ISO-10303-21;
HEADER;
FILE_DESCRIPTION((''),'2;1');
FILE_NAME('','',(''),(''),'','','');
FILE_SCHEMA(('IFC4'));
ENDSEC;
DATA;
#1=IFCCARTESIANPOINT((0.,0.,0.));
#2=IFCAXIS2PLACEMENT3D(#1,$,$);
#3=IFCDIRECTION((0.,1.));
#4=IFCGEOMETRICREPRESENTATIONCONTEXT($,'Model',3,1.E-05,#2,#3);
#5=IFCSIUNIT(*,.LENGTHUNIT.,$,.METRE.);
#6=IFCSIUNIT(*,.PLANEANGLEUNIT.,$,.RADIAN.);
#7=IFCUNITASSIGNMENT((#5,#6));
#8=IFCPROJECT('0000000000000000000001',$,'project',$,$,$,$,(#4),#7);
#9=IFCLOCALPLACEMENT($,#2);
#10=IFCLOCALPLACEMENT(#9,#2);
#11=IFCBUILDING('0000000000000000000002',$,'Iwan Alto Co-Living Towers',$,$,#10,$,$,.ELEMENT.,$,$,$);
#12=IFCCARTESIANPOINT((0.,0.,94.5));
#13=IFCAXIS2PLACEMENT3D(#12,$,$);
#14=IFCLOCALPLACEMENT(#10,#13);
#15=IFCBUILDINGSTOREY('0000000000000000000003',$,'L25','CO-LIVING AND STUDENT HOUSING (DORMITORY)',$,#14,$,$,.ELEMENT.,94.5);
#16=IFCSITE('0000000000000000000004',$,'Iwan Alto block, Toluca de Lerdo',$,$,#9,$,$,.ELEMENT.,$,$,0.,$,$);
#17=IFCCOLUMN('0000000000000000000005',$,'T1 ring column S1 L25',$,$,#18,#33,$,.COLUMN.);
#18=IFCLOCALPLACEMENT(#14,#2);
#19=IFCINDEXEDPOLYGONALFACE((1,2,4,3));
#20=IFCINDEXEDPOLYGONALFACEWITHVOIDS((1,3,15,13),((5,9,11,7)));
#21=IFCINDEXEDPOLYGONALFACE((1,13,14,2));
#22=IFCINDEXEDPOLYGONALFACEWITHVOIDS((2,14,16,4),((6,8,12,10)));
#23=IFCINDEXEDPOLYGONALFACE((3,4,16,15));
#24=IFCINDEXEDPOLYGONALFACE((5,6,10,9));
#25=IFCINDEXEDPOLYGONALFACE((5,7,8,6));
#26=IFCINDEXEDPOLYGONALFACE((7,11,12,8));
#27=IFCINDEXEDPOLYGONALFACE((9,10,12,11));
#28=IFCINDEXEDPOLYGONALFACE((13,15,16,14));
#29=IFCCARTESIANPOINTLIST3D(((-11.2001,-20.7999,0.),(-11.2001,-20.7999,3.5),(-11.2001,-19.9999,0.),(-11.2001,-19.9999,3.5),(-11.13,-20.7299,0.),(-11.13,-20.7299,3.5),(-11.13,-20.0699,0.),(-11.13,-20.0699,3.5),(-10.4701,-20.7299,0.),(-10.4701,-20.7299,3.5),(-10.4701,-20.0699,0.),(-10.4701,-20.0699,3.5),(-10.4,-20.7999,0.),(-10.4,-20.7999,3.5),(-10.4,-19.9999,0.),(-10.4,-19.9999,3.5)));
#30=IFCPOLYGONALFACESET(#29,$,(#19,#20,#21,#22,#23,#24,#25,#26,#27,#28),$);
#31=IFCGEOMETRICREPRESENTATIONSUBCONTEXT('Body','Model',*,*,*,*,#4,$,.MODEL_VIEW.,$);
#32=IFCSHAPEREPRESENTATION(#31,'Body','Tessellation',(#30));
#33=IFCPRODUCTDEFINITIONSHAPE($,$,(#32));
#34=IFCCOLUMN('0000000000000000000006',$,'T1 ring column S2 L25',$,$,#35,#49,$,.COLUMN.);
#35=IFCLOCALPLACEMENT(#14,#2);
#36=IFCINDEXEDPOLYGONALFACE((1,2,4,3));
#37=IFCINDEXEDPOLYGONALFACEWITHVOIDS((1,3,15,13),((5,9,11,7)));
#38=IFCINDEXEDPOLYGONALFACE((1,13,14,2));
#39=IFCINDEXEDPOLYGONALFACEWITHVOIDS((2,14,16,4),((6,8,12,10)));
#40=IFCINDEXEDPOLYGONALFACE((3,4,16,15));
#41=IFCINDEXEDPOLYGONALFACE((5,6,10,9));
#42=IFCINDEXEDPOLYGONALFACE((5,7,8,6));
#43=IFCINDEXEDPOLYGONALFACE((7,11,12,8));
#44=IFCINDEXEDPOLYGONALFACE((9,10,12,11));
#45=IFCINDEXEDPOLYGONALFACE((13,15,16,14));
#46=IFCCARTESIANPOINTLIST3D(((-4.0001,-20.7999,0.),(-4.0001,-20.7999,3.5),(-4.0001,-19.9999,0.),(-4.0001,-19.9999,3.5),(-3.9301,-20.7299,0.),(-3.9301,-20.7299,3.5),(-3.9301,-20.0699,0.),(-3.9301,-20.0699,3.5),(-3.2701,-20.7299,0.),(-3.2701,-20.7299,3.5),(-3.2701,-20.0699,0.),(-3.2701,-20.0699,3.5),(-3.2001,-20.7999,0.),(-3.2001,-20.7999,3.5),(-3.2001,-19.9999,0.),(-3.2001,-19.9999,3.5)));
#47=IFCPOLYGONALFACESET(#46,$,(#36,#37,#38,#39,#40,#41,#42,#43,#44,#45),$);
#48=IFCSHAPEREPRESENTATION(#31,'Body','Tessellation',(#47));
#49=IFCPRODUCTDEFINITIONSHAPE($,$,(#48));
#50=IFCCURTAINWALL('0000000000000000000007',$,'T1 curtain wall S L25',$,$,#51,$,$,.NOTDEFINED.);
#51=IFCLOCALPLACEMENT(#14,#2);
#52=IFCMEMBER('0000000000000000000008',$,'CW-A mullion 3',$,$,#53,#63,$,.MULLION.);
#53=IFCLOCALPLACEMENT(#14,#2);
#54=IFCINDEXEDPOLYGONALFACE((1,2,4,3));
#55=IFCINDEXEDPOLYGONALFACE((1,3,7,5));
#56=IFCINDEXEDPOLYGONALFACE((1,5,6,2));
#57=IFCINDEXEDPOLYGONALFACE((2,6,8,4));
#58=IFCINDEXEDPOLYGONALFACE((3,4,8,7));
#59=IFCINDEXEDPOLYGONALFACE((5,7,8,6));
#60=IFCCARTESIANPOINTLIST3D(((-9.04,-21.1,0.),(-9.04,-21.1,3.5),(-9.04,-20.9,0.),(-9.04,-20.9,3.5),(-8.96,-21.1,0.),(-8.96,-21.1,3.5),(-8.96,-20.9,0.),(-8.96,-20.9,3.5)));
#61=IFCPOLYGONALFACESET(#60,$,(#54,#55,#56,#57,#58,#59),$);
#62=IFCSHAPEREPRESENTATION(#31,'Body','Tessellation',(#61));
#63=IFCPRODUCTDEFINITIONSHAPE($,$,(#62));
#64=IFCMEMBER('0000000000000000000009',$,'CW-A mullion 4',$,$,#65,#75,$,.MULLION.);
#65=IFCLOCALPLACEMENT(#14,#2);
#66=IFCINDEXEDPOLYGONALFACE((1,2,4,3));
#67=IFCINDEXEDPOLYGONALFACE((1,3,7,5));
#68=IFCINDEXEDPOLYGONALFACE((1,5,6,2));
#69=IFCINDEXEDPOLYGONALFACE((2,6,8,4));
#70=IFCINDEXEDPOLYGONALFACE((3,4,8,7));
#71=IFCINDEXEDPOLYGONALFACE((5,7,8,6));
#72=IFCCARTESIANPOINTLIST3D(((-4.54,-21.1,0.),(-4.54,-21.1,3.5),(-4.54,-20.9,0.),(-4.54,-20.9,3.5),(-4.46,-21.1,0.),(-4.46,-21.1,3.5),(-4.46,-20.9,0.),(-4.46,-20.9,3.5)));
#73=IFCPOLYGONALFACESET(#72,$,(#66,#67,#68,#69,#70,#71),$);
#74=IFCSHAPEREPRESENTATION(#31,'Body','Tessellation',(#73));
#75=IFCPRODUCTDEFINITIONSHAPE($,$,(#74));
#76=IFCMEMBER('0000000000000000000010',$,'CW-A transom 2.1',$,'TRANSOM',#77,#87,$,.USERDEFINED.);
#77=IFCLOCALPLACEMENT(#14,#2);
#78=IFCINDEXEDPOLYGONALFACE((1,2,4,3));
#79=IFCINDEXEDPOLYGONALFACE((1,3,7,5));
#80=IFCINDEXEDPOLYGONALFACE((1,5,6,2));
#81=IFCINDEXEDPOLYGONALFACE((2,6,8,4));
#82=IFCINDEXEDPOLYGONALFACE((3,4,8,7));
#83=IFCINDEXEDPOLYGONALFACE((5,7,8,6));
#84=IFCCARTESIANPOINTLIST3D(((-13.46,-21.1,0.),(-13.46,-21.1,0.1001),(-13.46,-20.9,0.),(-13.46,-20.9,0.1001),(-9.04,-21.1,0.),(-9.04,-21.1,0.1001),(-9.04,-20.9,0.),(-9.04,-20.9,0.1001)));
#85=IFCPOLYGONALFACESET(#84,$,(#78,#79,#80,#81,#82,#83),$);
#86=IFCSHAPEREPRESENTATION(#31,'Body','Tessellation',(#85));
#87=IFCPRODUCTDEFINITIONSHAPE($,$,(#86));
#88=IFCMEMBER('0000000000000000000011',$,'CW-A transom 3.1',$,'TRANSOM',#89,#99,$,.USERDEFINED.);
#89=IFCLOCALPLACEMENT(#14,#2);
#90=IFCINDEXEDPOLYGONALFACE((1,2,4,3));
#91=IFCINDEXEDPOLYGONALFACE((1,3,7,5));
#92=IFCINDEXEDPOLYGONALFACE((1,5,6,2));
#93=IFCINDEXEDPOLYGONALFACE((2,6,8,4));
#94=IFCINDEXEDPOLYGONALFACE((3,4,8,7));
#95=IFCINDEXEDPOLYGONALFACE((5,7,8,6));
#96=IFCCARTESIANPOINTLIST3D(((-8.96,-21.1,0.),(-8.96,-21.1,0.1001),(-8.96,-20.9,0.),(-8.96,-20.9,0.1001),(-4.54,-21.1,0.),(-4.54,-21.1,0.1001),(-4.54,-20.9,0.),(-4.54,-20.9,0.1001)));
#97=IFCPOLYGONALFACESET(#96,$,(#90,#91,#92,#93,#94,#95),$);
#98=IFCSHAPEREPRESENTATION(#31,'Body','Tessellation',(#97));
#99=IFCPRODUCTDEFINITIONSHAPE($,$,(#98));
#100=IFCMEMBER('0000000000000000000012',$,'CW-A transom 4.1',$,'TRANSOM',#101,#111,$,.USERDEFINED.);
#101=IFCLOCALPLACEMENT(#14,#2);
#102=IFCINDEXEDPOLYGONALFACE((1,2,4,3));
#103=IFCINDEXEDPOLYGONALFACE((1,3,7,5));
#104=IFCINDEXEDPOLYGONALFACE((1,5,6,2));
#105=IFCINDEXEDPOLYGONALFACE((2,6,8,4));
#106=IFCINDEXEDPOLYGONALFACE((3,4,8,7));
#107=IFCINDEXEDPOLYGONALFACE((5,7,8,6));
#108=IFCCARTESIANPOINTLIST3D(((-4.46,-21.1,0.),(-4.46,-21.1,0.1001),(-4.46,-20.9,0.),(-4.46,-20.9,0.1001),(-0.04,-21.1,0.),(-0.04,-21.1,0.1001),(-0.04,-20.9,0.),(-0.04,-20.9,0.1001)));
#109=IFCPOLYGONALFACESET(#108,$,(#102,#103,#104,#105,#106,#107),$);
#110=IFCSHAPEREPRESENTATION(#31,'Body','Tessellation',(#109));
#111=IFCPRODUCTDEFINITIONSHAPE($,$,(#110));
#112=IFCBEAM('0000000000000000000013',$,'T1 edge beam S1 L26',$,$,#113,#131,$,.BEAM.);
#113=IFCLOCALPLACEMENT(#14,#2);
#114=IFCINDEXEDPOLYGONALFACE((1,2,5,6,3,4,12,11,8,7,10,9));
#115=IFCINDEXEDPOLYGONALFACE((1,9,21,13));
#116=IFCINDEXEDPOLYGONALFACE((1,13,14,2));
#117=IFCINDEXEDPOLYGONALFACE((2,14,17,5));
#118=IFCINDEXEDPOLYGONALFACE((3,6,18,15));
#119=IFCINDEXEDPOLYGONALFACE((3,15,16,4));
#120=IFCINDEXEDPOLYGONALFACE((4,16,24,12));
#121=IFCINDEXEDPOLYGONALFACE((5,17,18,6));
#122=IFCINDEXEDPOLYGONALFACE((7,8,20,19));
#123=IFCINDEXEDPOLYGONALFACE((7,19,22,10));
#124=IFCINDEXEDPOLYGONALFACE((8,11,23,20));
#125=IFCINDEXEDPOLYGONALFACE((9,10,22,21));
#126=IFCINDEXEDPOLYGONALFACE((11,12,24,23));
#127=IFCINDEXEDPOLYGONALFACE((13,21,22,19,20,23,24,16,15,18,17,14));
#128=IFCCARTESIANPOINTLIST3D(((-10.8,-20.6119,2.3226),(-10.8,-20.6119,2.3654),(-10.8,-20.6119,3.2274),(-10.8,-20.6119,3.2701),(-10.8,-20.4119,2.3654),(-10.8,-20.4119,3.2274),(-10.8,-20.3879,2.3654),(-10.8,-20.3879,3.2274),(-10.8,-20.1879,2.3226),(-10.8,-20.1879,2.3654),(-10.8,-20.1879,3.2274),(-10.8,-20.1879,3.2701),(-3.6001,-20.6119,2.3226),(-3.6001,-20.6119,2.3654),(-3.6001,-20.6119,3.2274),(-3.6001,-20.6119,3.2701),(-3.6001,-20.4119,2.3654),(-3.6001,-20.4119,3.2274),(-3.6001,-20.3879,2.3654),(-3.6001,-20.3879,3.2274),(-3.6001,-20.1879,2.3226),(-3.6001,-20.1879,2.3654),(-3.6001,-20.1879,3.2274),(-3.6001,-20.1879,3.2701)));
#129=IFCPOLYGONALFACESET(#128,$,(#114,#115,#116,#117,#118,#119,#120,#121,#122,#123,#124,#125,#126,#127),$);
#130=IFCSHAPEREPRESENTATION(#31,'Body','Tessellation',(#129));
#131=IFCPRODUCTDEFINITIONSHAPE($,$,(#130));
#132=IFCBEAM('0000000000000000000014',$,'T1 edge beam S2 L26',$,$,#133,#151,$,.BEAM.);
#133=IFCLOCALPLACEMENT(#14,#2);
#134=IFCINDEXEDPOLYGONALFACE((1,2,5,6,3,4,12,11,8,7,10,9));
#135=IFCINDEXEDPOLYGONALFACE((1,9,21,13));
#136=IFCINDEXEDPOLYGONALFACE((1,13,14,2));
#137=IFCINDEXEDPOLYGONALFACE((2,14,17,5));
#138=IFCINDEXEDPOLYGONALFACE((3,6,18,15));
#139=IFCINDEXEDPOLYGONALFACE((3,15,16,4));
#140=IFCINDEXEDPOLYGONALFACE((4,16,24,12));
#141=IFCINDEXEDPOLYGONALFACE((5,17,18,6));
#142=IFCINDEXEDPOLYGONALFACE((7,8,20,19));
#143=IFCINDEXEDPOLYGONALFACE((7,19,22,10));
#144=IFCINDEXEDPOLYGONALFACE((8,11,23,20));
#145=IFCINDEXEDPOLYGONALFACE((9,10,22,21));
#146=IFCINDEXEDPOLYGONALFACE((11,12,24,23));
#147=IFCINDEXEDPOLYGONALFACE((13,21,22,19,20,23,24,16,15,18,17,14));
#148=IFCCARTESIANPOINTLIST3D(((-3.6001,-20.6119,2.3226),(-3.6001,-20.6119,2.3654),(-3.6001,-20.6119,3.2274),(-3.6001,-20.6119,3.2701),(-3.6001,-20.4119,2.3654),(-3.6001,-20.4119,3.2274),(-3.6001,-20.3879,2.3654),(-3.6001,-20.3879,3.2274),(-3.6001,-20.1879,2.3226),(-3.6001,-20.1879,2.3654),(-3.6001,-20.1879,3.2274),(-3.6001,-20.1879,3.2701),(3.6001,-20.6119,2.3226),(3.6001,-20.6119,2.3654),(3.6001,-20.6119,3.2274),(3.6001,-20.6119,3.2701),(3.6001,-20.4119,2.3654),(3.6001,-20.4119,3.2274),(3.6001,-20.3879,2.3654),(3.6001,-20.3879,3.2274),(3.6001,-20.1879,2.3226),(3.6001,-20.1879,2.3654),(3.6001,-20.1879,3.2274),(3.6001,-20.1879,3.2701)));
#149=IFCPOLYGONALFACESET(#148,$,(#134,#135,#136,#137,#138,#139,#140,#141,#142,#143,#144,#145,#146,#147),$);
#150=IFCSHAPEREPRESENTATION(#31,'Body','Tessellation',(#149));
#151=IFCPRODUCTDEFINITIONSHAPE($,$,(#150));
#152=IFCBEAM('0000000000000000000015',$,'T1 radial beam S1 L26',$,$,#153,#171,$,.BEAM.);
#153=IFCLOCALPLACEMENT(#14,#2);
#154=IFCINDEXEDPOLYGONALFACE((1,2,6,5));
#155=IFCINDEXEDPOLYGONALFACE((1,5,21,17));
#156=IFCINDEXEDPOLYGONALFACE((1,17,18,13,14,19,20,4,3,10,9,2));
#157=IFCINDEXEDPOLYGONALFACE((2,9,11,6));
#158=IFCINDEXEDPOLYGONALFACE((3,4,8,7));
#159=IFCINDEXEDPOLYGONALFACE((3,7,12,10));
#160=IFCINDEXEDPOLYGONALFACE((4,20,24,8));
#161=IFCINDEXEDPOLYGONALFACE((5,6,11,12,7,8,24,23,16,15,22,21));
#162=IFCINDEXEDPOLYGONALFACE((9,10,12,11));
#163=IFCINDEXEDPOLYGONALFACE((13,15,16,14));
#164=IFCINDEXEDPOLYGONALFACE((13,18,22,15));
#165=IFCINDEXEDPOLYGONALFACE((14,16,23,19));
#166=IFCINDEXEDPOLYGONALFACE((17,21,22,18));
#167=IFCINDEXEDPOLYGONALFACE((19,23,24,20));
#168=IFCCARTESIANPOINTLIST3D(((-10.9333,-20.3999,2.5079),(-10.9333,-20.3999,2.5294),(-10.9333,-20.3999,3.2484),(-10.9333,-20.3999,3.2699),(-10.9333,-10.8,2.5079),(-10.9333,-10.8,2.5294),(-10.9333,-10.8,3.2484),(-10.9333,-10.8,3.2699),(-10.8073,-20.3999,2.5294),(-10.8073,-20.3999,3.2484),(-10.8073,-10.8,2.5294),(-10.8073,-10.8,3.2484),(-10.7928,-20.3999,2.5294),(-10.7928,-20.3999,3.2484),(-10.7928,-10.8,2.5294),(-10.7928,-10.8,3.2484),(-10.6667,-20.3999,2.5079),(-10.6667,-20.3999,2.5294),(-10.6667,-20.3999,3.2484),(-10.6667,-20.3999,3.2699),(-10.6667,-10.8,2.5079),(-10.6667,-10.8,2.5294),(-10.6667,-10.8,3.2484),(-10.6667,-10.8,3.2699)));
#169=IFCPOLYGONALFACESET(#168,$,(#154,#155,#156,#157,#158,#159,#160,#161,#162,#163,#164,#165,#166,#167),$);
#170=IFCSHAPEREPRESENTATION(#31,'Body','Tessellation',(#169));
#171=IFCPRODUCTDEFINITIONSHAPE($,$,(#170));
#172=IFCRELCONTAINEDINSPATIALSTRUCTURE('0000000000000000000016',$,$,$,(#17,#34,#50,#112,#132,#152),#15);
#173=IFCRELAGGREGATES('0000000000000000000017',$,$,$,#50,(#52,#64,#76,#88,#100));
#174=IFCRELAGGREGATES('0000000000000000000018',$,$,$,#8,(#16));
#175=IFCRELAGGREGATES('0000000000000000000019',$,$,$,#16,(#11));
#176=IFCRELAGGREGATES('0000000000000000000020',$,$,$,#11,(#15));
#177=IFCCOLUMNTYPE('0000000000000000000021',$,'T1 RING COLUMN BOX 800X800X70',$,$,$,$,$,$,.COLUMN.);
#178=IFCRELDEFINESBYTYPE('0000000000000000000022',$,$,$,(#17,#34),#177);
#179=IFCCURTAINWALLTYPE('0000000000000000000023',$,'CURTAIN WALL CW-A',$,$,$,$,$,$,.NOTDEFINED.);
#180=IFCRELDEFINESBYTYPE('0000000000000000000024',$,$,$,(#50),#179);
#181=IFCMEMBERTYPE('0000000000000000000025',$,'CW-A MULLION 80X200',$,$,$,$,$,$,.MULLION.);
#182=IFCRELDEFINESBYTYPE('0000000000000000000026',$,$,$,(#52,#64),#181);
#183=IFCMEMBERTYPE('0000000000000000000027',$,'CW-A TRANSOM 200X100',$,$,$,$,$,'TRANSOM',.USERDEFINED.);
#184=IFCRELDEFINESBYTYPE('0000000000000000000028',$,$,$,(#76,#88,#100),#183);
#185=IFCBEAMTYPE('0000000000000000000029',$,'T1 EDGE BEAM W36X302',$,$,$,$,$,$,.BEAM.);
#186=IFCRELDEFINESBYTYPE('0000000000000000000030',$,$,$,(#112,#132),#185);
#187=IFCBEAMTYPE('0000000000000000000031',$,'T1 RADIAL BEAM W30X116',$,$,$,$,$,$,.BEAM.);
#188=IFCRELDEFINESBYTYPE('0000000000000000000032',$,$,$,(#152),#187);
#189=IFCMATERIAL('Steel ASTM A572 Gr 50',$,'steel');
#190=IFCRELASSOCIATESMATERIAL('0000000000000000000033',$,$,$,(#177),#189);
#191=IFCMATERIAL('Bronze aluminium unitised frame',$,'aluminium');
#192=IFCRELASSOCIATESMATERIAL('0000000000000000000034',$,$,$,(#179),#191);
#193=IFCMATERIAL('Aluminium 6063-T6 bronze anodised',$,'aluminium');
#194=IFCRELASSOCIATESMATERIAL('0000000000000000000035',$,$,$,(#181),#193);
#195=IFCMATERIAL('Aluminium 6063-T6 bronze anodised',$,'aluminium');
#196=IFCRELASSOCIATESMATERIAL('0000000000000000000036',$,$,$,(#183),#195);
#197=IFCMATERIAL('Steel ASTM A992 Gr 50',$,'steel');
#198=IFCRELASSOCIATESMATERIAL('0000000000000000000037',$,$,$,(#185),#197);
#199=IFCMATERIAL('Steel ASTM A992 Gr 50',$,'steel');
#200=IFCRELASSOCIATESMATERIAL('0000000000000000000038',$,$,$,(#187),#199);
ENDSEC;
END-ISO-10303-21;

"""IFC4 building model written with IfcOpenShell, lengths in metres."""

from ifc_helpers import new_model, si_unit, direction, frame, origin, origin_2d, place, context, subcontext, project, spatial, rectangle, hollow_rectangle, i_section, extrude, material, material_profile, profile_set, type_object, element, aggregate, save


model = new_model("IFC4")

# Units and contexts
model_context = context("Model", 3, precision=1e-05, world=origin(), true_north=direction((0.0, 1.0)))
body_context = subcontext(model_context, "Body", "Model", "MODEL_VIEW")
ifc_project = project(units=[si_unit("LENGTHUNIT", "METRE"), si_unit("PLANEANGLEUNIT", "RADIAN")], contexts=[model_context])

# Site, building, storey
site_placement = place(None, origin())
site = spatial("IfcSite", under=ifc_project, at=site_placement, Name="Iwan Alto block, Toluca de Lerdo", CompositionType="ELEMENT", RefElevation=0.0)
building_placement = place(site_placement, origin())
building = spatial("IfcBuilding", under=site, at=building_placement, Name="Iwan Alto Co-Living Towers", CompositionType="ELEMENT")
storey_placement = place(building_placement, frame((0.0, 0.0, 94.5)))
storey = spatial("IfcBuildingStorey", under=building, at=storey_placement, Name="L25", Description="CO-LIVING AND STUDENT HOUSING (DORMITORY)", CompositionType="ELEMENT", Elevation=94.5)

# Columns
ifc_material_1 = material(Name="Steel ASTM A572 Gr 50", Category="steel")
ifc_material_profile_1 = material_profile(ifc_material_1, hollow_rectangle(XDim=0.8, YDim=0.8, WallThickness=0.0701, at=origin_2d()), Name="BOX 800X800X70")
ifc_profile_set_1 = profile_set([ifc_material_profile_1], Name="Steel ASTM A572 Gr 50")
column_type = type_object("IfcColumnType", Name="T1 RING COLUMN BOX 800X800X70", PredefinedType="COLUMN", material=ifc_profile_set_1)
for number, where, z_axis, x_axis, name in (
    (1, (-10.8, -20.3999, 0.0), (0.0, 0.0, 1.0), (1.0, 0.0, 0.0), "T1 ring column S1 L25"),
    (2, (-3.6001, -20.3999, 0.0), (0.0, 0.0, 1.0), (1.0, 0.0, 0.0), "T1 ring column S2 L25"),
):
    element("IfcColumn", number, at=place(storey_placement, frame(where, z_axis=z_axis, x_axis=x_axis)), inside=storey, type_object=column_type, Name=name, PredefinedType="COLUMN", context=body_context, shape_type="SweptSolid", body=[
        extrude(hollow_rectangle(XDim=0.8, YDim=0.8, WallThickness=0.0701, at=origin_2d()), origin(), (0.0, 0.0, 1.0), 3.5),
    ])

# Curtain wall, members
ifc_material_2 = material(Name="Bronze aluminium unitised frame", Category="aluminium")
curtain_wall_type = type_object("IfcCurtainWallType", Name="CURTAIN WALL CW-A", PredefinedType="NOTDEFINED", material=ifc_material_2)
curtain_wall_placement = place(storey_placement, origin())
curtain_wall = element("IfcCurtainWall", 3, at=curtain_wall_placement, inside=storey, type_object=curtain_wall_type, Name="T1 curtain wall S L25", PredefinedType="NOTDEFINED")
ifc_material_3 = material(Name="Aluminium 6063-T6 bronze anodised", Category="aluminium")
ifc_material_profile_2 = material_profile(ifc_material_3, rectangle(XDim=0.2, YDim=0.0801, at=origin_2d()), Name="AL 80X200")
ifc_profile_set_2 = profile_set([ifc_material_profile_2], Name="Aluminium 6063-T6 bronze anodised")
member_type_1 = type_object("IfcMemberType", Name="CW-A MULLION 80X200", PredefinedType="MULLION", material=ifc_profile_set_2)
member_1_placement = place(storey_placement, frame((-9.0, -21.0, 0.0), z_axis=(0.0, 0.0, 1.0), x_axis=(0.0, 1.0, 0.0)))
member_1 = element("IfcMember", 4, at=member_1_placement, type_object=member_type_1, Name="CW-A mullion 3", PredefinedType="MULLION", context=body_context, shape_type="SweptSolid", body=[
    extrude(rectangle(XDim=0.2, YDim=0.0801, at=origin_2d()), origin(), (0.0, 0.0, 1.0), 3.5),
])
member_2_placement = place(storey_placement, frame((-4.5, -21.0, 0.0), z_axis=(0.0, 0.0, 1.0), x_axis=(0.0, 1.0, 0.0)))
member_2 = element("IfcMember", 5, at=member_2_placement, type_object=member_type_1, Name="CW-A mullion 4", PredefinedType="MULLION", context=body_context, shape_type="SweptSolid", body=[
    extrude(rectangle(XDim=0.2, YDim=0.0801, at=origin_2d()), origin(), (0.0, 0.0, 1.0), 3.5),
])
ifc_material_4 = material(Name="Aluminium 6063-T6 bronze anodised", Category="aluminium")
ifc_material_profile_3 = material_profile(ifc_material_4, rectangle(XDim=0.2, YDim=0.1001, at=origin_2d()), Name="AL 200X100")
ifc_profile_set_3 = profile_set([ifc_material_profile_3], Name="Aluminium 6063-T6 bronze anodised")
member_type_2 = type_object("IfcMemberType", Name="CW-A TRANSOM 200X100", ElementType="TRANSOM", PredefinedType="USERDEFINED", material=ifc_profile_set_3)
member_3_placement = place(storey_placement, frame((-13.46, -21.0, 0.05), z_axis=(1.0, 0.0, 0.0), x_axis=(0.0, 1.0, 0.0)))
member_3 = element("IfcMember", 6, at=member_3_placement, type_object=member_type_2, Name="CW-A transom 2.1", ObjectType="TRANSOM", PredefinedType="USERDEFINED", context=body_context, shape_type="SweptSolid", body=[
    extrude(rectangle(XDim=0.2, YDim=0.1001, at=origin_2d()), origin(), (0.0, 0.0, 1.0), 4.4199),
])
member_4_placement = place(storey_placement, frame((-8.96, -21.0, 0.05), z_axis=(1.0, 0.0, 0.0), x_axis=(0.0, 1.0, 0.0)))
member_4 = element("IfcMember", 7, at=member_4_placement, type_object=member_type_2, Name="CW-A transom 3.1", ObjectType="TRANSOM", PredefinedType="USERDEFINED", context=body_context, shape_type="SweptSolid", body=[
    extrude(rectangle(XDim=0.2, YDim=0.1001, at=origin_2d()), origin(), (0.0, 0.0, 1.0), 4.4199),
])
member_5_placement = place(storey_placement, frame((-4.46, -21.0, 0.05), z_axis=(1.0, 0.0, 0.0), x_axis=(0.0, 1.0, 0.0)))
member_5 = element("IfcMember", 8, at=member_5_placement, type_object=member_type_2, Name="CW-A transom 4.1", ObjectType="TRANSOM", PredefinedType="USERDEFINED", context=body_context, shape_type="SweptSolid", body=[
    extrude(rectangle(XDim=0.2, YDim=0.1001, at=origin_2d()), origin(), (0.0, 0.0, 1.0), 4.4199),
])

# Beams
ifc_material_5 = material(Name="Steel ASTM A992 Gr 50", Category="steel")
ifc_material_profile_4 = material_profile(ifc_material_5, i_section(OverallWidth=0.4241, OverallDepth=0.9475, WebThickness=0.0239, FlangeThickness=0.0427, at=origin_2d()), Name="W36X302")
ifc_profile_set_4 = profile_set([ifc_material_profile_4], Name="Steel ASTM A992 Gr 50")
beam_type_1 = type_object("IfcBeamType", Name="T1 EDGE BEAM W36X302", PredefinedType="BEAM", material=ifc_profile_set_4)
beam_1_placement = place(storey_placement, frame((-10.8, -20.3999, 2.7964), z_axis=(1.0, 0.0, 0.0), x_axis=(0.0, 1.0, 0.0)))
element("IfcBeam", 9, at=beam_1_placement, inside=storey, type_object=beam_type_1, Name="T1 edge beam S1 L26", PredefinedType="BEAM", context=body_context, shape_type="SweptSolid", body=[
    extrude(i_section(OverallWidth=0.4241, OverallDepth=0.9475, WebThickness=0.0239, FlangeThickness=0.0427, at=origin_2d()), origin(), (0.0, 0.0, 1.0), 7.2),
])
beam_2_placement = place(storey_placement, frame((-3.6001, -20.3999, 2.7964), z_axis=(1.0, 0.0, 0.0), x_axis=(0.0, 1.0, 0.0)))
element("IfcBeam", 10, at=beam_2_placement, inside=storey, type_object=beam_type_1, Name="T1 edge beam S2 L26", PredefinedType="BEAM", context=body_context, shape_type="SweptSolid", body=[
    extrude(i_section(OverallWidth=0.4241, OverallDepth=0.9475, WebThickness=0.0239, FlangeThickness=0.0427, at=origin_2d()), origin(), (0.0, 0.0, 1.0), 7.2002),
])
ifc_material_6 = material(Name="Steel ASTM A992 Gr 50", Category="steel")
ifc_material_profile_5 = material_profile(ifc_material_6, i_section(OverallWidth=0.2666, OverallDepth=0.762, WebThickness=0.0144, FlangeThickness=0.0215, at=origin_2d()), Name="W30X116")
ifc_profile_set_5 = profile_set([ifc_material_profile_5], Name="Steel ASTM A992 Gr 50")
beam_type_2 = type_object("IfcBeamType", Name="T1 RADIAL BEAM W30X116", PredefinedType="BEAM", material=ifc_profile_set_5)
beam_3_placement = place(storey_placement, frame((-10.8, -20.3999, 2.8889), z_axis=(0.0, 1.0, 0.0), x_axis=(-1.0, 0.0, 0.0)))
element("IfcBeam", 11, at=beam_3_placement, inside=storey, type_object=beam_type_2, Name="T1 radial beam S1 L26", PredefinedType="BEAM", context=body_context, shape_type="SweptSolid", body=[
    extrude(i_section(OverallWidth=0.2666, OverallDepth=0.762, WebThickness=0.0144, FlangeThickness=0.0215, at=origin_2d()), origin(), (0.0, 0.0, 1.0), 9.5999),
])

aggregate(curtain_wall, [member_1, member_2, member_3, member_4, member_5])

save(model, "model.ifc")
